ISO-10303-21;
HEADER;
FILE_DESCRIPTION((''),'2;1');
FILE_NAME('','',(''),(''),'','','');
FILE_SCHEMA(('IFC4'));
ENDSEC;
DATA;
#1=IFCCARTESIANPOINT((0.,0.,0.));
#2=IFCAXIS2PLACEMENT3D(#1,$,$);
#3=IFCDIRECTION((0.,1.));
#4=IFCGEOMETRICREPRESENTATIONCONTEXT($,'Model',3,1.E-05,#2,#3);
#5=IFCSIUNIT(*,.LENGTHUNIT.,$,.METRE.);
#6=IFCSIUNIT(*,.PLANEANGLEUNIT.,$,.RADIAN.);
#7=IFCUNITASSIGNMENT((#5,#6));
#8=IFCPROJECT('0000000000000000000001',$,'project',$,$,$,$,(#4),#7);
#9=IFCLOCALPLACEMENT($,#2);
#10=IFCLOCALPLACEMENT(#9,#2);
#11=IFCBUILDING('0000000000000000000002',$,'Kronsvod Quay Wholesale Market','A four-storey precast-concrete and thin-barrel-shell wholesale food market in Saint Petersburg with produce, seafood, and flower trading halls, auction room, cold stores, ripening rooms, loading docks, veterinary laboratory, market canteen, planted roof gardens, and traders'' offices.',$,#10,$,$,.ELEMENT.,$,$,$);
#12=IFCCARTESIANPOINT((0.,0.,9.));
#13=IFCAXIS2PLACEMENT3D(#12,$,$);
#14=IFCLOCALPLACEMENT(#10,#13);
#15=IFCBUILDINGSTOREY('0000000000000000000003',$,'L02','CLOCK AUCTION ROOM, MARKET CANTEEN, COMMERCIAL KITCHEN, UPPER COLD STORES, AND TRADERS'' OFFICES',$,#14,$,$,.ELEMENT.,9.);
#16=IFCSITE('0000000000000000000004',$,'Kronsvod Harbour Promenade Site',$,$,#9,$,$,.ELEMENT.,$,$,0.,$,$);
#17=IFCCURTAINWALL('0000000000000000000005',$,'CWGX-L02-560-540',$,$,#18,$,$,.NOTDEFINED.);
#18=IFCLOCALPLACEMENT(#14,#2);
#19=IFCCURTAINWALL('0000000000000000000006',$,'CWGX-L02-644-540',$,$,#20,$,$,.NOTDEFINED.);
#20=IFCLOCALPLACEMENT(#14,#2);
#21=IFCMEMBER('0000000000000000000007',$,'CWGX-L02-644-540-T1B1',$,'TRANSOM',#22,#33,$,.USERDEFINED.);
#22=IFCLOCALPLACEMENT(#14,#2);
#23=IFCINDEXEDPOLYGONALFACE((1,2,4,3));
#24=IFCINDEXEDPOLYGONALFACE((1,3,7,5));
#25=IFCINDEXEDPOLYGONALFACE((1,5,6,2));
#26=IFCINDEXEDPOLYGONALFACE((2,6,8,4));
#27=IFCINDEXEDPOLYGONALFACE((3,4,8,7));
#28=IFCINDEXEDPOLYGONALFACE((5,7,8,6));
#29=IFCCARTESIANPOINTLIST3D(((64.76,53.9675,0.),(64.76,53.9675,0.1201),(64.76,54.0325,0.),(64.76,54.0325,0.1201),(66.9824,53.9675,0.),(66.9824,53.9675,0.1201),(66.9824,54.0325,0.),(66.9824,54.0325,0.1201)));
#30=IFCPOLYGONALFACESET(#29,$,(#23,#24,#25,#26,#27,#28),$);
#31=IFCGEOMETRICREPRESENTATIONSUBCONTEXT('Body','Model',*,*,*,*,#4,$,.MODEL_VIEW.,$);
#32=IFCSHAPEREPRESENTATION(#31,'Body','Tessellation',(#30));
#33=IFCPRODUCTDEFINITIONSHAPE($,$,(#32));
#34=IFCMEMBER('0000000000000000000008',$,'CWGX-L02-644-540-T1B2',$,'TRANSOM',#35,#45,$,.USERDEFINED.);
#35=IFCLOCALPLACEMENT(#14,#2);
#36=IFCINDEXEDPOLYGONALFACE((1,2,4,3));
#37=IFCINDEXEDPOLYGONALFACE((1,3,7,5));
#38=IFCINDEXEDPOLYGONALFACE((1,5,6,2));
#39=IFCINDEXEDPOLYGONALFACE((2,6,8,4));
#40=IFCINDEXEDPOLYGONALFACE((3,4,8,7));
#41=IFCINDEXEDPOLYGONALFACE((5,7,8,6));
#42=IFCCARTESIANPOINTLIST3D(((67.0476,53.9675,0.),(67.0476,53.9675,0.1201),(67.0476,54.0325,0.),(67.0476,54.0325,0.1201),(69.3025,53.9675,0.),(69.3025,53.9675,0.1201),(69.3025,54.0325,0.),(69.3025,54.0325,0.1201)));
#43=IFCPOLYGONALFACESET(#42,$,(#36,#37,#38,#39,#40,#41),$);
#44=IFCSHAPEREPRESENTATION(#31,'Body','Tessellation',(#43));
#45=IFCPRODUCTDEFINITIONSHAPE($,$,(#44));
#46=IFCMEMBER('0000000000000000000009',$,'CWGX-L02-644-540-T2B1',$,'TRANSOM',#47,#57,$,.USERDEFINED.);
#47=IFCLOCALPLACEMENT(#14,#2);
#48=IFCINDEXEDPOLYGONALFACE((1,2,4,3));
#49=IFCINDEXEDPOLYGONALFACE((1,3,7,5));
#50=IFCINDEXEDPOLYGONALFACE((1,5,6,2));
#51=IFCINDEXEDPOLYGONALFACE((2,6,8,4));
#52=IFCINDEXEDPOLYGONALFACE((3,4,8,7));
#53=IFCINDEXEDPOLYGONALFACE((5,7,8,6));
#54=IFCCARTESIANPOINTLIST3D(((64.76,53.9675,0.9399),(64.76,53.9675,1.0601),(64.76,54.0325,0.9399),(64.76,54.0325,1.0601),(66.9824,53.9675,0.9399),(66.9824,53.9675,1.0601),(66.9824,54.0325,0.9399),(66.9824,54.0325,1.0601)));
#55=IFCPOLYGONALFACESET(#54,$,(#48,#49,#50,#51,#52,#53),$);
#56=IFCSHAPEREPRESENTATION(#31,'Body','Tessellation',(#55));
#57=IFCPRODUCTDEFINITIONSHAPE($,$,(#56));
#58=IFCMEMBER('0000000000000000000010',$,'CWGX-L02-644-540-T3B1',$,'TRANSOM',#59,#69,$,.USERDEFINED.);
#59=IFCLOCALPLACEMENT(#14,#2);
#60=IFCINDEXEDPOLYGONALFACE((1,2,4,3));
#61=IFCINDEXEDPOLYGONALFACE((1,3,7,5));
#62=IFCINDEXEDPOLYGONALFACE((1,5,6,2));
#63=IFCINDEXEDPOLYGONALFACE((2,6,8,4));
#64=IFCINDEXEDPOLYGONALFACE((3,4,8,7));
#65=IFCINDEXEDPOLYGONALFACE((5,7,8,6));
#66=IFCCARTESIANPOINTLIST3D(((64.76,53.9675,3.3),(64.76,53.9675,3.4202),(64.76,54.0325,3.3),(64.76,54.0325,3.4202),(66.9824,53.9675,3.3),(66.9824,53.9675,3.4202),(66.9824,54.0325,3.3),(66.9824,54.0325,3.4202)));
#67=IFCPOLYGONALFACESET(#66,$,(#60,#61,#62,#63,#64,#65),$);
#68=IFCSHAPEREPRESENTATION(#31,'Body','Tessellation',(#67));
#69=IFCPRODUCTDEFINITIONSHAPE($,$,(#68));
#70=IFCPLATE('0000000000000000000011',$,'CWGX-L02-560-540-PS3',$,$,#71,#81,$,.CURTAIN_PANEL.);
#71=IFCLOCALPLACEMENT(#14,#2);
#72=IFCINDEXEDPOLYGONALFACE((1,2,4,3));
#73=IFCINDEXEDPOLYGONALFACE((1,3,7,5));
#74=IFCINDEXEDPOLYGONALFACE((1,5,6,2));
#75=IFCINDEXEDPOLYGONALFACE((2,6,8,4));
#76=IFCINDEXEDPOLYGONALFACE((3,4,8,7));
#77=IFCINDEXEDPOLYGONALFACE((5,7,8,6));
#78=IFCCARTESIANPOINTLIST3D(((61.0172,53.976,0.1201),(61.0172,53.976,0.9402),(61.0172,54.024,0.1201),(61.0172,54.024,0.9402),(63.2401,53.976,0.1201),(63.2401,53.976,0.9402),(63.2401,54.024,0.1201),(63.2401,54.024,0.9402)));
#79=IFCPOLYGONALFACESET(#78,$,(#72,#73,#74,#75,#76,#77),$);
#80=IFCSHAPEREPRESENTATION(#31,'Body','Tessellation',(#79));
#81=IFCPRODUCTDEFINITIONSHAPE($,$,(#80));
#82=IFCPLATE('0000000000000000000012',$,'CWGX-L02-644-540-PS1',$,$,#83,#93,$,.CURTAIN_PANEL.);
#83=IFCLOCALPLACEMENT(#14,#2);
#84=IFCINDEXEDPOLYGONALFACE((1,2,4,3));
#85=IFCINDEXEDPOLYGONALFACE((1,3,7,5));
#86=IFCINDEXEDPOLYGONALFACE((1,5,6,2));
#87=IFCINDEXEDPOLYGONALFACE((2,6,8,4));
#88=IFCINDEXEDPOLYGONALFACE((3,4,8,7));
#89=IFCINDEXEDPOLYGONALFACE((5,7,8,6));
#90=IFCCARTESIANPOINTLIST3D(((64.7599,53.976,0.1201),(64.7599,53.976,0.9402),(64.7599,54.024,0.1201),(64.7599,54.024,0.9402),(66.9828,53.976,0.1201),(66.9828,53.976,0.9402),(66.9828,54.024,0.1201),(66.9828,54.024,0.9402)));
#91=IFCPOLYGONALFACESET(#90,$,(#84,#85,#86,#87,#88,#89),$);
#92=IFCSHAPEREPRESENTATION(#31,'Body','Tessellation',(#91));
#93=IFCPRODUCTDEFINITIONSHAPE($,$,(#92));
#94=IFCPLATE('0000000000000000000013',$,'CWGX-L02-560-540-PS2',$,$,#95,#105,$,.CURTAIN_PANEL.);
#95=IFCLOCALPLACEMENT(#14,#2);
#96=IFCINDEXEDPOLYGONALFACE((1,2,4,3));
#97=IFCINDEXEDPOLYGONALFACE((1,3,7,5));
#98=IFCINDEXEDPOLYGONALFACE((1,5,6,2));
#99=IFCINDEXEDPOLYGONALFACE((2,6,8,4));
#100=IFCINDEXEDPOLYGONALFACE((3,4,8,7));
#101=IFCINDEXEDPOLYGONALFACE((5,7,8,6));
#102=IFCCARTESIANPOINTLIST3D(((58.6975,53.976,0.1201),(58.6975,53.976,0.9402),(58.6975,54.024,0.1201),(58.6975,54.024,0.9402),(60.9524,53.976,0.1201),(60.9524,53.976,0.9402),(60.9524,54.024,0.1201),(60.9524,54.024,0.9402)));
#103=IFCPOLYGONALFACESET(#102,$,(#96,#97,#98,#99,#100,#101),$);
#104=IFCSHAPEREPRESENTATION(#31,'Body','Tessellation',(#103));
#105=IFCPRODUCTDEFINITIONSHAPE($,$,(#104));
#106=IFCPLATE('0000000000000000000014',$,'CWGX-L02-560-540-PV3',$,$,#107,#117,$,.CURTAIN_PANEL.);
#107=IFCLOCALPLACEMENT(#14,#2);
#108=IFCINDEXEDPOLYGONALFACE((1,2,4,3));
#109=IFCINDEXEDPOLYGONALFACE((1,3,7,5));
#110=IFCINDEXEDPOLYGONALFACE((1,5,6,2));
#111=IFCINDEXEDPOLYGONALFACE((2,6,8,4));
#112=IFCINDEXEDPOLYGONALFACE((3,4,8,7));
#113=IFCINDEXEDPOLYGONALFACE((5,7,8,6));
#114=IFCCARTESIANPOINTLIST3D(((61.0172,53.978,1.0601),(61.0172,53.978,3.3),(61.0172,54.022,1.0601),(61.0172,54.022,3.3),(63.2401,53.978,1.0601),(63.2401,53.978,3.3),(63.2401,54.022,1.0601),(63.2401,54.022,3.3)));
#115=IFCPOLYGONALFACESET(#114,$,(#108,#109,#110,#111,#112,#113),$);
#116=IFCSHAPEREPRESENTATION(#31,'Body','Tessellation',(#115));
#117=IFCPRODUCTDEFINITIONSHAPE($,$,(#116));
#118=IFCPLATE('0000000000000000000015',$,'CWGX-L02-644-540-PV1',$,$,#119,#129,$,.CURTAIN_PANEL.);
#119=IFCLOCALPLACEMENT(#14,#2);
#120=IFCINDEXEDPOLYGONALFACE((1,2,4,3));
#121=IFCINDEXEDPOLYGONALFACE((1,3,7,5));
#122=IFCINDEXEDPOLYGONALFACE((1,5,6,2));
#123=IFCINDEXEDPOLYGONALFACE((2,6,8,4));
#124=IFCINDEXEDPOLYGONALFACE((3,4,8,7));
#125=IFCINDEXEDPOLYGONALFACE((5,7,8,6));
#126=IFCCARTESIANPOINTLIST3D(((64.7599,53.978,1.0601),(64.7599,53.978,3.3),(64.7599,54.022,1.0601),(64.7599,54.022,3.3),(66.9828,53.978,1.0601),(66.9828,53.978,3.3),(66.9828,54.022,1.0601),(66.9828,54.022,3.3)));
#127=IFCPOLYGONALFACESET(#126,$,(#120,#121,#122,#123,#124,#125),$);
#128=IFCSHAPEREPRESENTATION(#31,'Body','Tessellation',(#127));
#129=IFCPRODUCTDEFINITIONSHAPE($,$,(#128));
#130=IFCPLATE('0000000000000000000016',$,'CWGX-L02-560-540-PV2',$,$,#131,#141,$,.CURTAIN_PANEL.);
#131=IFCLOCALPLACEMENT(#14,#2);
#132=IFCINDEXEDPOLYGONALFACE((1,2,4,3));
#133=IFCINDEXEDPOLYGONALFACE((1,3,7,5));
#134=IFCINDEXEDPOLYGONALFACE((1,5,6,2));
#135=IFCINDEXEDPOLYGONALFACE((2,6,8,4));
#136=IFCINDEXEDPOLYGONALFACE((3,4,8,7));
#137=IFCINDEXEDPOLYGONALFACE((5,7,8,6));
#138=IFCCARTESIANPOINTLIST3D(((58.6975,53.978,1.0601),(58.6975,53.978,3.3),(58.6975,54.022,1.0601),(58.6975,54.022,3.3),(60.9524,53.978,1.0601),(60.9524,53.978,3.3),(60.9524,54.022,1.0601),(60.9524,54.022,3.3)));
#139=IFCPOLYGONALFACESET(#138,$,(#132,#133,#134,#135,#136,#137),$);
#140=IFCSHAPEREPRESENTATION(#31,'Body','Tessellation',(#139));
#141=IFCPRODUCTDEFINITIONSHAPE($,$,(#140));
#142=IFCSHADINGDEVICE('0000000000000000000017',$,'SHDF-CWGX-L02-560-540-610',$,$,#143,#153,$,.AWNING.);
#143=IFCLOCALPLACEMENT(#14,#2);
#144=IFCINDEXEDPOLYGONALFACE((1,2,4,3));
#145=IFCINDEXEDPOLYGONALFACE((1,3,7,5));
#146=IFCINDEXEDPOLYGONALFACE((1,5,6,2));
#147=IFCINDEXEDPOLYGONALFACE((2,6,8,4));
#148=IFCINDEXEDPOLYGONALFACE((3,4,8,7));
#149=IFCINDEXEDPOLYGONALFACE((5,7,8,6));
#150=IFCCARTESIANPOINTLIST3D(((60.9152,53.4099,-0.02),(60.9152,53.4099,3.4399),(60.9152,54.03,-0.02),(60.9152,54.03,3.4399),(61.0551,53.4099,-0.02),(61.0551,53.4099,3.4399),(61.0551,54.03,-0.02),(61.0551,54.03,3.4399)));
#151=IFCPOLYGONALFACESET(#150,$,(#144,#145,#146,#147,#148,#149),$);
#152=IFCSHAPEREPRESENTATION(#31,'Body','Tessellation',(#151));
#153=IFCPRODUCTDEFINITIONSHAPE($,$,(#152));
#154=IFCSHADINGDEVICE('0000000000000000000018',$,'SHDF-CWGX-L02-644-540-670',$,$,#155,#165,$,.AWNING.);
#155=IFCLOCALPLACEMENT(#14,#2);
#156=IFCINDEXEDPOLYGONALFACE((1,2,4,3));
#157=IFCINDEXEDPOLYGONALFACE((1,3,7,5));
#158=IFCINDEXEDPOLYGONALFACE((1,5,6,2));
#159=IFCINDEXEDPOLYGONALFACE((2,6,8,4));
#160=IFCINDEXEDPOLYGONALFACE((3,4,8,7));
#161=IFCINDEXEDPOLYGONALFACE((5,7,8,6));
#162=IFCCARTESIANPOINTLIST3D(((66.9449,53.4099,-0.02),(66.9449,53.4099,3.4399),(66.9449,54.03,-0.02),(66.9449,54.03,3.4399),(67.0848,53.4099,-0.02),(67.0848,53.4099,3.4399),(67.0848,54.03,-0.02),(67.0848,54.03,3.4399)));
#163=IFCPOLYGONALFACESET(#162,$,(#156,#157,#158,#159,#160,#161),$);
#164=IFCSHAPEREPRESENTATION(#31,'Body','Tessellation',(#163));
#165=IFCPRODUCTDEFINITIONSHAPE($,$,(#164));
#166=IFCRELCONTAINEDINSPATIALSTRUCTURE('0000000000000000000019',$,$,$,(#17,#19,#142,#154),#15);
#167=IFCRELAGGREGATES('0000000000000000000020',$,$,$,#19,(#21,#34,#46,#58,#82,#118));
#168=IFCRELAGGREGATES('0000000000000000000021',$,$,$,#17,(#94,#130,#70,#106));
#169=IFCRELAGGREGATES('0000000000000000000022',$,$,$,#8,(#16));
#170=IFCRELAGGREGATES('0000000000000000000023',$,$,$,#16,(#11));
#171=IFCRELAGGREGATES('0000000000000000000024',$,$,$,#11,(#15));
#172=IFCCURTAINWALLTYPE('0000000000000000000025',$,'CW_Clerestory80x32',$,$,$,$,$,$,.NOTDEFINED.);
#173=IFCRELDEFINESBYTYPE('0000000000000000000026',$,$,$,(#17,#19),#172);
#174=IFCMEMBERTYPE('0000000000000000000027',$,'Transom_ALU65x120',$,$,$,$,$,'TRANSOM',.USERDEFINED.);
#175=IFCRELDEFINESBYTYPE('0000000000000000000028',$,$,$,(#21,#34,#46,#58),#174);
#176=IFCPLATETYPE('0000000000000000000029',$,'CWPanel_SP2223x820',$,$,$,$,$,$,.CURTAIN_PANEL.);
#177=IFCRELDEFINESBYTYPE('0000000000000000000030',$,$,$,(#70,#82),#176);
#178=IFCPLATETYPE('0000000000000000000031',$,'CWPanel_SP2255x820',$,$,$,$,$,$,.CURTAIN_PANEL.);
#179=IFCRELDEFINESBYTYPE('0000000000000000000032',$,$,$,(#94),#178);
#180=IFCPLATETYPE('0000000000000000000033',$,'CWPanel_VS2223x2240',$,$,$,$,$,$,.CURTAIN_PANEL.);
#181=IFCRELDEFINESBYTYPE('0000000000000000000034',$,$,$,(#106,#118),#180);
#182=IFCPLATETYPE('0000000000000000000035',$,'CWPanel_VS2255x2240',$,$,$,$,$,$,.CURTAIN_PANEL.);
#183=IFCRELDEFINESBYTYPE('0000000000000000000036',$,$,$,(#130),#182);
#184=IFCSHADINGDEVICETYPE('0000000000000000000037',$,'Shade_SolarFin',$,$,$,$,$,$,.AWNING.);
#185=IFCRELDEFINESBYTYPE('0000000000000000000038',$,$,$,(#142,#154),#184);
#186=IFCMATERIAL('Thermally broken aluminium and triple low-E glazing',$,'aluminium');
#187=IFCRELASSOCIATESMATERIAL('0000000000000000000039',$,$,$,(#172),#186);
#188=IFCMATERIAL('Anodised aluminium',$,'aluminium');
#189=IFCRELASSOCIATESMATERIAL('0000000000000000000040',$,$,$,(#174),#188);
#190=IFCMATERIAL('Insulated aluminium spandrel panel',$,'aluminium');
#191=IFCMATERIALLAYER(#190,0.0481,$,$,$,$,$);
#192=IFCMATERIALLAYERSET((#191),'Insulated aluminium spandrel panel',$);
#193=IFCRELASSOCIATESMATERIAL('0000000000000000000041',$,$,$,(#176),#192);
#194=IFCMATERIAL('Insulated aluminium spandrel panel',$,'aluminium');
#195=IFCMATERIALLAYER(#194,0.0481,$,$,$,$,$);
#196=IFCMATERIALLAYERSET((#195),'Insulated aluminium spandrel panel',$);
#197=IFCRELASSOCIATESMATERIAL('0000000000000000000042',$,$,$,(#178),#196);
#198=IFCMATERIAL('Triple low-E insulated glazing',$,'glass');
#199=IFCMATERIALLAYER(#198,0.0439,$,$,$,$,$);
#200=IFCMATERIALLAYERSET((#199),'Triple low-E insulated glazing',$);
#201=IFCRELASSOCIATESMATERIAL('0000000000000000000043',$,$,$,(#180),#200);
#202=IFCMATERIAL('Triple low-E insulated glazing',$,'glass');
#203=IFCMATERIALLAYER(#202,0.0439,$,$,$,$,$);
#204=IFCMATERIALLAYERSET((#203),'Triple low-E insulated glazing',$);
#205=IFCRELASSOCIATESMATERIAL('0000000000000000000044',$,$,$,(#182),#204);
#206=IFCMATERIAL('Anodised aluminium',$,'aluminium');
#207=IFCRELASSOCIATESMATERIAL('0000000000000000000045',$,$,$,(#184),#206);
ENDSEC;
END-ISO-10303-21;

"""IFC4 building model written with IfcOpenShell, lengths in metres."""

from ifc_helpers import new_model, si_unit, direction, frame, origin, origin_2d, place, context, subcontext, project, spatial, rectangle, extrude, material, layer, layer_set, material_profile, profile_set, type_object, element, aggregate, save


model = new_model("IFC4")

# Units and contexts
model_context = context("Model", 3, precision=1e-05, world=origin(), true_north=direction((0.0, 1.0)))
body_context = subcontext(model_context, "Body", "Model", "MODEL_VIEW")
ifc_project = project(units=[si_unit("LENGTHUNIT", "METRE"), si_unit("PLANEANGLEUNIT", "RADIAN")], contexts=[model_context])

# Site, building, storey
site_placement = place(None, origin())
site = spatial("IfcSite", under=ifc_project, at=site_placement, Name="Kronsvod Harbour Promenade Site", CompositionType="ELEMENT", RefElevation=0.0)
building_placement = place(site_placement, origin())
building = spatial("IfcBuilding", under=site, at=building_placement, Name="Kronsvod Quay Wholesale Market", Description="A four-storey precast-concrete and thin-barrel-shell wholesale food market in Saint Petersburg with produce, seafood, and flower trading halls, auction room, cold stores, ripening rooms, loading docks, veterinary laboratory, market canteen, planted roof gardens, and traders' offices.", CompositionType="ELEMENT")
storey_placement = place(building_placement, frame((0.0, 0.0, 9.0)))
storey = spatial("IfcBuildingStorey", under=building, at=storey_placement, Name="L02", Description="CLOCK AUCTION ROOM, MARKET CANTEEN, COMMERCIAL KITCHEN, UPPER COLD STORES, AND TRADERS' OFFICES", CompositionType="ELEMENT", Elevation=9.0)

# Curtain walls
ifc_material_1 = material(Name="Thermally broken aluminium and triple low-E glazing", Category="aluminium")
curtain_wall_type = type_object("IfcCurtainWallType", Name="CW_Clerestory80x32", PredefinedType="NOTDEFINED", material=ifc_material_1)
curtain_wall_1_placement = place(storey_placement, origin())
curtain_wall_1 = element("IfcCurtainWall", 1, at=curtain_wall_1_placement, inside=storey, type_object=curtain_wall_type, Name="CWGX-L02-560-540", PredefinedType="NOTDEFINED")
curtain_wall_2_placement = place(storey_placement, origin())
curtain_wall_2 = element("IfcCurtainWall", 2, at=curtain_wall_2_placement, inside=storey, type_object=curtain_wall_type, Name="CWGX-L02-644-540", PredefinedType="NOTDEFINED")

# Members
ifc_material_2 = material(Name="Anodised aluminium", Category="aluminium")
ifc_material_profile_1 = material_profile(ifc_material_2, rectangle(XDim=0.0649, YDim=0.1201, at=origin_2d()), Name="ALUT65x120")
ifc_profile_set_1 = profile_set([ifc_material_profile_1], Name="Anodised aluminium")
member_type_1 = type_object("IfcMemberType", Name="Transom_ALU65x120", ElementType="TRANSOM", PredefinedType="USERDEFINED", material=ifc_profile_set_1)
member_1_placement = place(storey_placement, frame((64.76, 54.0, 0.0601), z_axis=(1.0, 0.0, 0.0), x_axis=(0.0, 1.0, 0.0)))
member_1 = element("IfcMember", 3, at=member_1_placement, type_object=member_type_1, Name="CWGX-L02-644-540-T1B1", ObjectType="TRANSOM", PredefinedType="USERDEFINED", context=body_context, shape_type="SweptSolid", body=[
    extrude(rectangle(XDim=0.0649, YDim=0.1201, at=origin_2d()), origin(), (0.0, 0.0, 1.0), 2.2224),
])
member_2_placement = place(storey_placement, frame((67.0476, 54.0, 0.0601), z_axis=(1.0, 0.0, 0.0), x_axis=(0.0, 1.0, 0.0)))
member_2 = element("IfcMember", 4, at=member_2_placement, type_object=member_type_1, Name="CWGX-L02-644-540-T1B2", ObjectType="TRANSOM", PredefinedType="USERDEFINED", context=body_context, shape_type="SweptSolid", body=[
    extrude(rectangle(XDim=0.0649, YDim=0.1201, at=origin_2d()), origin(), (0.0, 0.0, 1.0), 2.2549),
])
member_3_placement = place(storey_placement, frame((64.76, 54.0, 1.0), z_axis=(1.0, 0.0, 0.0), x_axis=(0.0, 1.0, 0.0)))
member_3 = element("IfcMember", 5, at=member_3_placement, type_object=member_type_1, Name="CWGX-L02-644-540-T2B1", ObjectType="TRANSOM", PredefinedType="USERDEFINED", context=body_context, shape_type="SweptSolid", body=[
    extrude(rectangle(XDim=0.0649, YDim=0.1201, at=origin_2d()), origin(), (0.0, 0.0, 1.0), 2.2224),
])
member_4_placement = place(storey_placement, frame((64.76, 54.0, 3.3601), z_axis=(1.0, 0.0, 0.0), x_axis=(0.0, 1.0, 0.0)))
member_4 = element("IfcMember", 6, at=member_4_placement, type_object=member_type_1, Name="CWGX-L02-644-540-T3B1", ObjectType="TRANSOM", PredefinedType="USERDEFINED", context=body_context, shape_type="SweptSolid", body=[
    extrude(rectangle(XDim=0.0649, YDim=0.1201, at=origin_2d()), origin(), (0.0, 0.0, 1.0), 2.2224),
])

# Plates
ifc_material_3 = material(Name="Insulated aluminium spandrel panel", Category="aluminium")
ifc_layer_1 = layer(ifc_material_3, 0.0481)
ifc_layer_set_1 = layer_set([ifc_layer_1], Name="Insulated aluminium spandrel panel")
plate_type_1 = type_object("IfcPlateType", Name="CWPanel_SP2223x820", PredefinedType="CURTAIN_PANEL", material=ifc_layer_set_1)
plate_1_placement = place(storey_placement, frame((62.1287, 54.0, 0.1201), z_axis=(0.0, 0.0, 1.0), x_axis=(1.0, 0.0, 0.0)))
plate_1 = element("IfcPlate", 7, at=plate_1_placement, type_object=plate_type_1, Name="CWGX-L02-560-540-PS3", PredefinedType="CURTAIN_PANEL", context=body_context, shape_type="SweptSolid", body=[
    extrude(rectangle(XDim=2.2229, YDim=0.0481, at=origin_2d()), origin(), (0.0, 0.0, 1.0), 0.8201),
])
plate_2_placement = place(storey_placement, frame((65.8713, 54.0, 0.1201), z_axis=(0.0, 0.0, 1.0), x_axis=(1.0, 0.0, 0.0)))
plate_2 = element("IfcPlate", 8, at=plate_2_placement, type_object=plate_type_1, Name="CWGX-L02-644-540-PS1", PredefinedType="CURTAIN_PANEL", context=body_context, shape_type="SweptSolid", body=[
    extrude(rectangle(XDim=2.2229, YDim=0.0481, at=origin_2d()), origin(), (0.0, 0.0, 1.0), 0.8201),
])
ifc_material_4 = material(Name="Insulated aluminium spandrel panel", Category="aluminium")
ifc_layer_2 = layer(ifc_material_4, 0.0481)
ifc_layer_set_2 = layer_set([ifc_layer_2], Name="Insulated aluminium spandrel panel")
plate_type_2 = type_object("IfcPlateType", Name="CWPanel_SP2255x820", PredefinedType="CURTAIN_PANEL", material=ifc_layer_set_2)
plate_3_placement = place(storey_placement, frame((59.825, 54.0, 0.1201), z_axis=(0.0, 0.0, 1.0), x_axis=(1.0, 0.0, 0.0)))
plate_3 = element("IfcPlate", 9, at=plate_3_placement, type_object=plate_type_2, Name="CWGX-L02-560-540-PS2", PredefinedType="CURTAIN_PANEL", context=body_context, shape_type="SweptSolid", body=[
    extrude(rectangle(XDim=2.2549, YDim=0.0481, at=origin_2d()), origin(), (0.0, 0.0, 1.0), 0.8201),
])
ifc_material_5 = material(Name="Triple low-E insulated glazing", Category="glass")
ifc_layer_3 = layer(ifc_material_5, 0.0439)
ifc_layer_set_3 = layer_set([ifc_layer_3], Name="Triple low-E insulated glazing")
plate_type_3 = type_object("IfcPlateType", Name="CWPanel_VS2223x2240", PredefinedType="CURTAIN_PANEL", material=ifc_layer_set_3)
plate_4_placement = place(storey_placement, frame((62.1287, 54.0, 1.0601), z_axis=(0.0, 0.0, 1.0), x_axis=(1.0, 0.0, 0.0)))
plate_4 = element("IfcPlate", 10, at=plate_4_placement, type_object=plate_type_3, Name="CWGX-L02-560-540-PV3", PredefinedType="CURTAIN_PANEL", context=body_context, shape_type="SweptSolid", body=[
    extrude(rectangle(XDim=2.2229, YDim=0.0439, at=origin_2d()), origin(), (0.0, 0.0, 1.0), 2.24),
])
plate_5_placement = place(storey_placement, frame((65.8713, 54.0, 1.0601), z_axis=(0.0, 0.0, 1.0), x_axis=(1.0, 0.0, 0.0)))
plate_5 = element("IfcPlate", 11, at=plate_5_placement, type_object=plate_type_3, Name="CWGX-L02-644-540-PV1", PredefinedType="CURTAIN_PANEL", context=body_context, shape_type="SweptSolid", body=[
    extrude(rectangle(XDim=2.2229, YDim=0.0439, at=origin_2d()), origin(), (0.0, 0.0, 1.0), 2.24),
])
aggregate(curtain_wall_2, [member_1, member_2, member_3, member_4, plate_2, plate_5])
ifc_material_6 = material(Name="Triple low-E insulated glazing", Category="glass")
ifc_layer_4 = layer(ifc_material_6, 0.0439)
ifc_layer_set_4 = layer_set([ifc_layer_4], Name="Triple low-E insulated glazing")
plate_type_4 = type_object("IfcPlateType", Name="CWPanel_VS2255x2240", PredefinedType="CURTAIN_PANEL", material=ifc_layer_set_4)
plate_6_placement = place(storey_placement, frame((59.825, 54.0, 1.0601), z_axis=(0.0, 0.0, 1.0), x_axis=(1.0, 0.0, 0.0)))
plate_6 = element("IfcPlate", 12, at=plate_6_placement, type_object=plate_type_4, Name="CWGX-L02-560-540-PV2", PredefinedType="CURTAIN_PANEL", context=body_context, shape_type="SweptSolid", body=[
    extrude(rectangle(XDim=2.2549, YDim=0.0439, at=origin_2d()), origin(), (0.0, 0.0, 1.0), 2.24),
])
aggregate(curtain_wall_1, [plate_3, plate_6, plate_1, plate_4])

# Shading devices
ifc_material_7 = material(Name="Anodised aluminium", Category="aluminium")
shading_device_type = type_object("IfcShadingDeviceType", Name="Shade_SolarFin", PredefinedType="AWNING", material=ifc_material_7)
for number, where, z_axis, x_axis, name in (
    (13, (60.9851, 53.72, -0.02), (0.0, 0.0, 1.0), (1.0, 0.0, 0.0), "SHDF-CWGX-L02-560-540-610"),
    (14, (67.0149, 53.72, -0.02), (0.0, 0.0, 1.0), (1.0, 0.0, 0.0), "SHDF-CWGX-L02-644-540-670"),
):
    element("IfcShadingDevice", number, at=place(storey_placement, frame(where, z_axis=z_axis, x_axis=x_axis)), inside=storey, type_object=shading_device_type, Name=name, PredefinedType="AWNING", context=body_context, shape_type="SweptSolid", body=[
        extrude(rectangle(XDim=0.1399, YDim=0.6201, at=origin_2d()), origin(), (0.0, 0.0, 1.0), 3.46),
    ])

save(model, "model.ifc")
